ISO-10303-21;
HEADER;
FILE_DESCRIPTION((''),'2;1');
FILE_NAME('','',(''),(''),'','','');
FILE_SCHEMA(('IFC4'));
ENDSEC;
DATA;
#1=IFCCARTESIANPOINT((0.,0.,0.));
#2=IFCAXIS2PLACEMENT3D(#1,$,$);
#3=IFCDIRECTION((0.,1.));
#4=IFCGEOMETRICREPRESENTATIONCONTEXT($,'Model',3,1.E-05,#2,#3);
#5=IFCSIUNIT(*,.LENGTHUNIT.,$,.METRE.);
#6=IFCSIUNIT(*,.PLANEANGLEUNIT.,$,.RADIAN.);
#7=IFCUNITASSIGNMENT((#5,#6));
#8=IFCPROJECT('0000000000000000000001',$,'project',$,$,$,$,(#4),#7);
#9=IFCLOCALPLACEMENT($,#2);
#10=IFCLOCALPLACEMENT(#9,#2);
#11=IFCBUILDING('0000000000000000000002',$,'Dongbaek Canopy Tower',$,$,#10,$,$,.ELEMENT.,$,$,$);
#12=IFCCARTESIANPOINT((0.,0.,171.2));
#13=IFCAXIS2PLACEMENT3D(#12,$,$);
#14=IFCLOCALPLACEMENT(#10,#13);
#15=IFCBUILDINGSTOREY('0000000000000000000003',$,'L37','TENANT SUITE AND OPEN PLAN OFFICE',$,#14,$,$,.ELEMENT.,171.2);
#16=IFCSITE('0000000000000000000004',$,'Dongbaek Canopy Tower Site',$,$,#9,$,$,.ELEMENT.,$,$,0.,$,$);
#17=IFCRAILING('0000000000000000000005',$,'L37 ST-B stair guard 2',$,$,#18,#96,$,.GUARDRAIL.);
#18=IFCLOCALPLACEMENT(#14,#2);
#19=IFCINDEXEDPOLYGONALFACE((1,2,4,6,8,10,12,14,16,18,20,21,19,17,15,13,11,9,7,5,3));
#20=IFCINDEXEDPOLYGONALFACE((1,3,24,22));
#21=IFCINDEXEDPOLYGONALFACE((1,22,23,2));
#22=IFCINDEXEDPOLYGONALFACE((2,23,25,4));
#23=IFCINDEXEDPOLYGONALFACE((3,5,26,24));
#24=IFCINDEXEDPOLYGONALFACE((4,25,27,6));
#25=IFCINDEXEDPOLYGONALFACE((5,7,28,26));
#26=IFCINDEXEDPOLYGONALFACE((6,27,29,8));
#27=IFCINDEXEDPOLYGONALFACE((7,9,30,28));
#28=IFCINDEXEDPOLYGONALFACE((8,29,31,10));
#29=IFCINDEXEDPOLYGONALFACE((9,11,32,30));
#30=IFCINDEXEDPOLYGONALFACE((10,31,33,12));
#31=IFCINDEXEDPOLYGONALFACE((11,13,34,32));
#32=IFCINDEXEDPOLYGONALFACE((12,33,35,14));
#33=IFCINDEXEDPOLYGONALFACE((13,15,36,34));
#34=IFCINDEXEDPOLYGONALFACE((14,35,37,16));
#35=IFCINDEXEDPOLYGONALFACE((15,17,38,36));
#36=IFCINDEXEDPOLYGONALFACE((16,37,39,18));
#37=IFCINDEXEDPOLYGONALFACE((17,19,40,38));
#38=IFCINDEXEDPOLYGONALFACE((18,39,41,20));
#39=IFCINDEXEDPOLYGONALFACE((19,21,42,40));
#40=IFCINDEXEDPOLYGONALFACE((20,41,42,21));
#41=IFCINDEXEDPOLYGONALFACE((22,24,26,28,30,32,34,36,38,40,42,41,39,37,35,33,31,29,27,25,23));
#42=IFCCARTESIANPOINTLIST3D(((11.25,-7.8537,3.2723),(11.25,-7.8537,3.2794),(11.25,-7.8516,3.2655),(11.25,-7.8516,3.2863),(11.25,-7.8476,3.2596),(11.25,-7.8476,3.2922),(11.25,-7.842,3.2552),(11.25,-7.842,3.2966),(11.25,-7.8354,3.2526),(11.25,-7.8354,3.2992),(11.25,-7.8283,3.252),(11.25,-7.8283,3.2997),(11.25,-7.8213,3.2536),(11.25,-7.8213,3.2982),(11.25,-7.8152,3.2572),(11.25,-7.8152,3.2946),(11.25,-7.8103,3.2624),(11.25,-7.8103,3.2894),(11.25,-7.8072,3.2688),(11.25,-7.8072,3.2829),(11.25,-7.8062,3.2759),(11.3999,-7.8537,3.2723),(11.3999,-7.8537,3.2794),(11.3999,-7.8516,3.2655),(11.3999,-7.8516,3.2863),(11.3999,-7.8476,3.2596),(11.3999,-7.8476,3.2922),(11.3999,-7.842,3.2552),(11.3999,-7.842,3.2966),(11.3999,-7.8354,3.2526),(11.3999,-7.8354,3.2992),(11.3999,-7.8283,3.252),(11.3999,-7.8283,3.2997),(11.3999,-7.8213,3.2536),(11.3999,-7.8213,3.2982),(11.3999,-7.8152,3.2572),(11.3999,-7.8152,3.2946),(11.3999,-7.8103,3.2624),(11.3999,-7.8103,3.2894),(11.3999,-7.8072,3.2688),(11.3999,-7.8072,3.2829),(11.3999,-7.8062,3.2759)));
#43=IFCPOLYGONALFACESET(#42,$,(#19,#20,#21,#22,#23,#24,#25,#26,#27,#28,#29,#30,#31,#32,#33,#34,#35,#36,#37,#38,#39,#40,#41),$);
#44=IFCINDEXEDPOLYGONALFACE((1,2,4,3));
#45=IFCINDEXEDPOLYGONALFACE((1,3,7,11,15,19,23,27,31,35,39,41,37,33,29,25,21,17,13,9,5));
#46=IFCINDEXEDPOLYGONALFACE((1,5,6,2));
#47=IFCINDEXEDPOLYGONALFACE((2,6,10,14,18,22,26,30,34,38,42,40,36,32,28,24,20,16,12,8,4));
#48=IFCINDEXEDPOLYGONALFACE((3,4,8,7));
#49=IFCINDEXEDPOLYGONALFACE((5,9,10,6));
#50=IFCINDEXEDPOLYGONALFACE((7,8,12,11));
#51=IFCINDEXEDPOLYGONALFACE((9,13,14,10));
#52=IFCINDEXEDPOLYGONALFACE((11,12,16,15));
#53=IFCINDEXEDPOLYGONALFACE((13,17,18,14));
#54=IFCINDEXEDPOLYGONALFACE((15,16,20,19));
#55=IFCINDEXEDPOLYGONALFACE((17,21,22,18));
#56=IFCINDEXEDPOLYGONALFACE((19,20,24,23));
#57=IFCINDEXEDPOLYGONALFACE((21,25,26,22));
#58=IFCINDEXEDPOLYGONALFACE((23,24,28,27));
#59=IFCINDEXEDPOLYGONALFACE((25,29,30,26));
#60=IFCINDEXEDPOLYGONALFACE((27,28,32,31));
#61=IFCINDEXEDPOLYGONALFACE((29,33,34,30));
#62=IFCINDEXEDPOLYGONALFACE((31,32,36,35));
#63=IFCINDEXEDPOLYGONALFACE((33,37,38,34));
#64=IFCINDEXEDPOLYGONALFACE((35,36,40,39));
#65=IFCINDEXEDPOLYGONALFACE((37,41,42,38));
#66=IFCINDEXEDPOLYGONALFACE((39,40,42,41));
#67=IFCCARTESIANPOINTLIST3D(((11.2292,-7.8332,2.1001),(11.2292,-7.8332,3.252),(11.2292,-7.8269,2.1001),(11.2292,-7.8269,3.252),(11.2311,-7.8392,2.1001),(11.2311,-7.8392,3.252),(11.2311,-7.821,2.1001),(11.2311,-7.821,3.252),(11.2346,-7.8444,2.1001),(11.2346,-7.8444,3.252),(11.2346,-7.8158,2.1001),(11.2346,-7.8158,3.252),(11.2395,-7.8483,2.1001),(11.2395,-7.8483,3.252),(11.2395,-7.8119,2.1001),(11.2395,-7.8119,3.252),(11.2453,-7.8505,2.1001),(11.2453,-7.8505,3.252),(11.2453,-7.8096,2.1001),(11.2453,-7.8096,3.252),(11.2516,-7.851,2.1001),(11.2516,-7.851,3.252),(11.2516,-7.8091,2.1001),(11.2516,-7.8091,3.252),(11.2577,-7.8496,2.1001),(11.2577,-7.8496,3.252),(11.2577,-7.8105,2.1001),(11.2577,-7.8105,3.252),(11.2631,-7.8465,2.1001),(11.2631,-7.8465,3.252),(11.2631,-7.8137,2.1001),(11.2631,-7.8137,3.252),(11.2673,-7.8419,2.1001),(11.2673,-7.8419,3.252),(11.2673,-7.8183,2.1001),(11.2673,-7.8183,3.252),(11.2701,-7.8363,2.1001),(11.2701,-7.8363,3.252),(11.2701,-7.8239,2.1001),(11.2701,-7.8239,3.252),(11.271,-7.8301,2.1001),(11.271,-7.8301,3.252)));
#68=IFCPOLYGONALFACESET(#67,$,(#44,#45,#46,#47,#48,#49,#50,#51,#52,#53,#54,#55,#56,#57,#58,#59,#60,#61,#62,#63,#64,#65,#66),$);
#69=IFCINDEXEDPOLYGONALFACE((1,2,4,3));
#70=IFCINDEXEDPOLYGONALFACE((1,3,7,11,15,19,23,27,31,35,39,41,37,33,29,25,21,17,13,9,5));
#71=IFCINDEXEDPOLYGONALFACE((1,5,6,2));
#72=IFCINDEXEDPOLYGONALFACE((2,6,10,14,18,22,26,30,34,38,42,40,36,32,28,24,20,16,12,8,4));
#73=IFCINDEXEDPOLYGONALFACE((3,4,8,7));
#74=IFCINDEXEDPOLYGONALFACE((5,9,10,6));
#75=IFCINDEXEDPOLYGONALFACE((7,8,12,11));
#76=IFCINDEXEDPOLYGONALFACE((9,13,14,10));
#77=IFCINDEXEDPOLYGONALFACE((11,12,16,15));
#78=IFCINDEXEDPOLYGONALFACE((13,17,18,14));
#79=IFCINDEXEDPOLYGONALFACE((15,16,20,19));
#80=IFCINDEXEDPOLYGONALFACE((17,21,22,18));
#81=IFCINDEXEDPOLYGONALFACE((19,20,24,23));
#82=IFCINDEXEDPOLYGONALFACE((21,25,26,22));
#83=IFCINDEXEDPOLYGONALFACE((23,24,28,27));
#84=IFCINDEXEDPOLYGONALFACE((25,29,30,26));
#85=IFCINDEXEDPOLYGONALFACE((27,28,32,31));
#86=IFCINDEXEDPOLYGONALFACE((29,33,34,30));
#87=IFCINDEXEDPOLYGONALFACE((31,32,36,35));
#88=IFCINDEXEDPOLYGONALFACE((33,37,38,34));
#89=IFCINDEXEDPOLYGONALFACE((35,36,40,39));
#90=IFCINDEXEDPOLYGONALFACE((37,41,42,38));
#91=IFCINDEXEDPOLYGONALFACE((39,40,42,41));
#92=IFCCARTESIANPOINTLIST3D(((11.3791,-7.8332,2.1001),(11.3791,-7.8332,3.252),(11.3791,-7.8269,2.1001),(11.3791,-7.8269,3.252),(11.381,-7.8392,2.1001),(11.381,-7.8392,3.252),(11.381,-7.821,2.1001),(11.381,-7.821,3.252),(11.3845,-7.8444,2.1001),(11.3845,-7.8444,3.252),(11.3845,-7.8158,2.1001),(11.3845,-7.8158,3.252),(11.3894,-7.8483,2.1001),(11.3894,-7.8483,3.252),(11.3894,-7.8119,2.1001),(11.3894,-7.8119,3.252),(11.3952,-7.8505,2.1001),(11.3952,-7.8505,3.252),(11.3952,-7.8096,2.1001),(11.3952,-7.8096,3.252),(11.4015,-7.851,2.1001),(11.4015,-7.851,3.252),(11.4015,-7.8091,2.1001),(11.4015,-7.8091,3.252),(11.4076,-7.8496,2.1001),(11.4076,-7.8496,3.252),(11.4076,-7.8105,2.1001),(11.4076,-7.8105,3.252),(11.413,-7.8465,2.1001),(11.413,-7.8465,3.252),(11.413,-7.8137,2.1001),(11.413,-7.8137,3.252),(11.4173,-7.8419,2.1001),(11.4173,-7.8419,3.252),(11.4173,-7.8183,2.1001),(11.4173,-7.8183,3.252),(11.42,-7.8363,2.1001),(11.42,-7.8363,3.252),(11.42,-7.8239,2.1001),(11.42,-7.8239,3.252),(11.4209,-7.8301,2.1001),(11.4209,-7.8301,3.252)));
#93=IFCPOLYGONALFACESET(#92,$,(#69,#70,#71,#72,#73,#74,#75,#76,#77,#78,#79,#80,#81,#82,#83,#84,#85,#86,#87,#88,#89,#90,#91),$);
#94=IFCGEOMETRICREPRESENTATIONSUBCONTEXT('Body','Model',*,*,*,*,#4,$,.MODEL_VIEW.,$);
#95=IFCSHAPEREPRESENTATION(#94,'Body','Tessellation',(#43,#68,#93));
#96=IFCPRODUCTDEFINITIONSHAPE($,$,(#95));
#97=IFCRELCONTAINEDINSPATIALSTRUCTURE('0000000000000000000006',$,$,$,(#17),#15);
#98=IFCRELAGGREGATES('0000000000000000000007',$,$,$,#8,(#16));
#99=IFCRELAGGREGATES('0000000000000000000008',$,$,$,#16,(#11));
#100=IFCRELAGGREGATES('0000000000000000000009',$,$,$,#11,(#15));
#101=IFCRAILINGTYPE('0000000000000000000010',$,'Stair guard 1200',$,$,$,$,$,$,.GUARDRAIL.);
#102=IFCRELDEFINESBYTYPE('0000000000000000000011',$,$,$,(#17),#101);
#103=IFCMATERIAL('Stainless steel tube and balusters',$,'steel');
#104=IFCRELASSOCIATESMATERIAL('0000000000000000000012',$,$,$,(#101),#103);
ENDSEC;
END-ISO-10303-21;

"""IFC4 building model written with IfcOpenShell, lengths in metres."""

from ifc_helpers import new_model, si_unit, direction, frame, origin, origin_2d, place, context, subcontext, project, spatial, circle, extrude, material, type_object, element, save


model = new_model("IFC4")

# Units and contexts
model_context = context("Model", 3, precision=1e-05, world=origin(), true_north=direction((0.0, 1.0)))
body_context = subcontext(model_context, "Body", "Model", "MODEL_VIEW")
ifc_project = project(units=[si_unit("LENGTHUNIT", "METRE"), si_unit("PLANEANGLEUNIT", "RADIAN")], contexts=[model_context])

# Site, building, storey
site_placement = place(None, origin())
site = spatial("IfcSite", under=ifc_project, at=site_placement, Name="Dongbaek Canopy Tower Site", CompositionType="ELEMENT", RefElevation=0.0)
building_placement = place(site_placement, origin())
building = spatial("IfcBuilding", under=site, at=building_placement, Name="Dongbaek Canopy Tower", CompositionType="ELEMENT")
storey_placement = place(building_placement, frame((0.0, 0.0, 171.2)))
storey = spatial("IfcBuildingStorey", under=building, at=storey_placement, Name="L37", Description="TENANT SUITE AND OPEN PLAN OFFICE", CompositionType="ELEMENT", Elevation=171.2)

# Railing
ifc_material_1 = material(Name="Stainless steel tube and balusters", Category="steel")
railing_type_1 = type_object("IfcRailingType", Name="Stair guard 1200", PredefinedType="GUARDRAIL", material=ifc_material_1)
railing_1_placement = place(storey_placement, frame((11.25, -7.8301, 2.1001)))
element("IfcRailing", 1, at=railing_1_placement, inside=storey, type_object=railing_type_1, Name="L37 ST-B stair guard 2", PredefinedType="GUARDRAIL", context=body_context, shape_type="SweptSolid", body=[
    extrude(circle(Radius=0.0239, at=origin_2d()), frame((0.0, 0.0, 1.1758), z_axis=(1.0, 0.0, 0.0), x_axis=(0.0, 1.0, 0.0)), (0.0, 0.0, 1.0), 0.1499),
    extrude(circle(Radius=0.021, at=origin_2d()), origin(), (0.0, 0.0, 1.0), 1.1519),
    extrude(circle(Radius=0.021, at=origin_2d()), frame((0.1499, 0.0, 0.0)), (0.0, 0.0, 1.0), 1.1519),
])

save(model, "model.ifc")
